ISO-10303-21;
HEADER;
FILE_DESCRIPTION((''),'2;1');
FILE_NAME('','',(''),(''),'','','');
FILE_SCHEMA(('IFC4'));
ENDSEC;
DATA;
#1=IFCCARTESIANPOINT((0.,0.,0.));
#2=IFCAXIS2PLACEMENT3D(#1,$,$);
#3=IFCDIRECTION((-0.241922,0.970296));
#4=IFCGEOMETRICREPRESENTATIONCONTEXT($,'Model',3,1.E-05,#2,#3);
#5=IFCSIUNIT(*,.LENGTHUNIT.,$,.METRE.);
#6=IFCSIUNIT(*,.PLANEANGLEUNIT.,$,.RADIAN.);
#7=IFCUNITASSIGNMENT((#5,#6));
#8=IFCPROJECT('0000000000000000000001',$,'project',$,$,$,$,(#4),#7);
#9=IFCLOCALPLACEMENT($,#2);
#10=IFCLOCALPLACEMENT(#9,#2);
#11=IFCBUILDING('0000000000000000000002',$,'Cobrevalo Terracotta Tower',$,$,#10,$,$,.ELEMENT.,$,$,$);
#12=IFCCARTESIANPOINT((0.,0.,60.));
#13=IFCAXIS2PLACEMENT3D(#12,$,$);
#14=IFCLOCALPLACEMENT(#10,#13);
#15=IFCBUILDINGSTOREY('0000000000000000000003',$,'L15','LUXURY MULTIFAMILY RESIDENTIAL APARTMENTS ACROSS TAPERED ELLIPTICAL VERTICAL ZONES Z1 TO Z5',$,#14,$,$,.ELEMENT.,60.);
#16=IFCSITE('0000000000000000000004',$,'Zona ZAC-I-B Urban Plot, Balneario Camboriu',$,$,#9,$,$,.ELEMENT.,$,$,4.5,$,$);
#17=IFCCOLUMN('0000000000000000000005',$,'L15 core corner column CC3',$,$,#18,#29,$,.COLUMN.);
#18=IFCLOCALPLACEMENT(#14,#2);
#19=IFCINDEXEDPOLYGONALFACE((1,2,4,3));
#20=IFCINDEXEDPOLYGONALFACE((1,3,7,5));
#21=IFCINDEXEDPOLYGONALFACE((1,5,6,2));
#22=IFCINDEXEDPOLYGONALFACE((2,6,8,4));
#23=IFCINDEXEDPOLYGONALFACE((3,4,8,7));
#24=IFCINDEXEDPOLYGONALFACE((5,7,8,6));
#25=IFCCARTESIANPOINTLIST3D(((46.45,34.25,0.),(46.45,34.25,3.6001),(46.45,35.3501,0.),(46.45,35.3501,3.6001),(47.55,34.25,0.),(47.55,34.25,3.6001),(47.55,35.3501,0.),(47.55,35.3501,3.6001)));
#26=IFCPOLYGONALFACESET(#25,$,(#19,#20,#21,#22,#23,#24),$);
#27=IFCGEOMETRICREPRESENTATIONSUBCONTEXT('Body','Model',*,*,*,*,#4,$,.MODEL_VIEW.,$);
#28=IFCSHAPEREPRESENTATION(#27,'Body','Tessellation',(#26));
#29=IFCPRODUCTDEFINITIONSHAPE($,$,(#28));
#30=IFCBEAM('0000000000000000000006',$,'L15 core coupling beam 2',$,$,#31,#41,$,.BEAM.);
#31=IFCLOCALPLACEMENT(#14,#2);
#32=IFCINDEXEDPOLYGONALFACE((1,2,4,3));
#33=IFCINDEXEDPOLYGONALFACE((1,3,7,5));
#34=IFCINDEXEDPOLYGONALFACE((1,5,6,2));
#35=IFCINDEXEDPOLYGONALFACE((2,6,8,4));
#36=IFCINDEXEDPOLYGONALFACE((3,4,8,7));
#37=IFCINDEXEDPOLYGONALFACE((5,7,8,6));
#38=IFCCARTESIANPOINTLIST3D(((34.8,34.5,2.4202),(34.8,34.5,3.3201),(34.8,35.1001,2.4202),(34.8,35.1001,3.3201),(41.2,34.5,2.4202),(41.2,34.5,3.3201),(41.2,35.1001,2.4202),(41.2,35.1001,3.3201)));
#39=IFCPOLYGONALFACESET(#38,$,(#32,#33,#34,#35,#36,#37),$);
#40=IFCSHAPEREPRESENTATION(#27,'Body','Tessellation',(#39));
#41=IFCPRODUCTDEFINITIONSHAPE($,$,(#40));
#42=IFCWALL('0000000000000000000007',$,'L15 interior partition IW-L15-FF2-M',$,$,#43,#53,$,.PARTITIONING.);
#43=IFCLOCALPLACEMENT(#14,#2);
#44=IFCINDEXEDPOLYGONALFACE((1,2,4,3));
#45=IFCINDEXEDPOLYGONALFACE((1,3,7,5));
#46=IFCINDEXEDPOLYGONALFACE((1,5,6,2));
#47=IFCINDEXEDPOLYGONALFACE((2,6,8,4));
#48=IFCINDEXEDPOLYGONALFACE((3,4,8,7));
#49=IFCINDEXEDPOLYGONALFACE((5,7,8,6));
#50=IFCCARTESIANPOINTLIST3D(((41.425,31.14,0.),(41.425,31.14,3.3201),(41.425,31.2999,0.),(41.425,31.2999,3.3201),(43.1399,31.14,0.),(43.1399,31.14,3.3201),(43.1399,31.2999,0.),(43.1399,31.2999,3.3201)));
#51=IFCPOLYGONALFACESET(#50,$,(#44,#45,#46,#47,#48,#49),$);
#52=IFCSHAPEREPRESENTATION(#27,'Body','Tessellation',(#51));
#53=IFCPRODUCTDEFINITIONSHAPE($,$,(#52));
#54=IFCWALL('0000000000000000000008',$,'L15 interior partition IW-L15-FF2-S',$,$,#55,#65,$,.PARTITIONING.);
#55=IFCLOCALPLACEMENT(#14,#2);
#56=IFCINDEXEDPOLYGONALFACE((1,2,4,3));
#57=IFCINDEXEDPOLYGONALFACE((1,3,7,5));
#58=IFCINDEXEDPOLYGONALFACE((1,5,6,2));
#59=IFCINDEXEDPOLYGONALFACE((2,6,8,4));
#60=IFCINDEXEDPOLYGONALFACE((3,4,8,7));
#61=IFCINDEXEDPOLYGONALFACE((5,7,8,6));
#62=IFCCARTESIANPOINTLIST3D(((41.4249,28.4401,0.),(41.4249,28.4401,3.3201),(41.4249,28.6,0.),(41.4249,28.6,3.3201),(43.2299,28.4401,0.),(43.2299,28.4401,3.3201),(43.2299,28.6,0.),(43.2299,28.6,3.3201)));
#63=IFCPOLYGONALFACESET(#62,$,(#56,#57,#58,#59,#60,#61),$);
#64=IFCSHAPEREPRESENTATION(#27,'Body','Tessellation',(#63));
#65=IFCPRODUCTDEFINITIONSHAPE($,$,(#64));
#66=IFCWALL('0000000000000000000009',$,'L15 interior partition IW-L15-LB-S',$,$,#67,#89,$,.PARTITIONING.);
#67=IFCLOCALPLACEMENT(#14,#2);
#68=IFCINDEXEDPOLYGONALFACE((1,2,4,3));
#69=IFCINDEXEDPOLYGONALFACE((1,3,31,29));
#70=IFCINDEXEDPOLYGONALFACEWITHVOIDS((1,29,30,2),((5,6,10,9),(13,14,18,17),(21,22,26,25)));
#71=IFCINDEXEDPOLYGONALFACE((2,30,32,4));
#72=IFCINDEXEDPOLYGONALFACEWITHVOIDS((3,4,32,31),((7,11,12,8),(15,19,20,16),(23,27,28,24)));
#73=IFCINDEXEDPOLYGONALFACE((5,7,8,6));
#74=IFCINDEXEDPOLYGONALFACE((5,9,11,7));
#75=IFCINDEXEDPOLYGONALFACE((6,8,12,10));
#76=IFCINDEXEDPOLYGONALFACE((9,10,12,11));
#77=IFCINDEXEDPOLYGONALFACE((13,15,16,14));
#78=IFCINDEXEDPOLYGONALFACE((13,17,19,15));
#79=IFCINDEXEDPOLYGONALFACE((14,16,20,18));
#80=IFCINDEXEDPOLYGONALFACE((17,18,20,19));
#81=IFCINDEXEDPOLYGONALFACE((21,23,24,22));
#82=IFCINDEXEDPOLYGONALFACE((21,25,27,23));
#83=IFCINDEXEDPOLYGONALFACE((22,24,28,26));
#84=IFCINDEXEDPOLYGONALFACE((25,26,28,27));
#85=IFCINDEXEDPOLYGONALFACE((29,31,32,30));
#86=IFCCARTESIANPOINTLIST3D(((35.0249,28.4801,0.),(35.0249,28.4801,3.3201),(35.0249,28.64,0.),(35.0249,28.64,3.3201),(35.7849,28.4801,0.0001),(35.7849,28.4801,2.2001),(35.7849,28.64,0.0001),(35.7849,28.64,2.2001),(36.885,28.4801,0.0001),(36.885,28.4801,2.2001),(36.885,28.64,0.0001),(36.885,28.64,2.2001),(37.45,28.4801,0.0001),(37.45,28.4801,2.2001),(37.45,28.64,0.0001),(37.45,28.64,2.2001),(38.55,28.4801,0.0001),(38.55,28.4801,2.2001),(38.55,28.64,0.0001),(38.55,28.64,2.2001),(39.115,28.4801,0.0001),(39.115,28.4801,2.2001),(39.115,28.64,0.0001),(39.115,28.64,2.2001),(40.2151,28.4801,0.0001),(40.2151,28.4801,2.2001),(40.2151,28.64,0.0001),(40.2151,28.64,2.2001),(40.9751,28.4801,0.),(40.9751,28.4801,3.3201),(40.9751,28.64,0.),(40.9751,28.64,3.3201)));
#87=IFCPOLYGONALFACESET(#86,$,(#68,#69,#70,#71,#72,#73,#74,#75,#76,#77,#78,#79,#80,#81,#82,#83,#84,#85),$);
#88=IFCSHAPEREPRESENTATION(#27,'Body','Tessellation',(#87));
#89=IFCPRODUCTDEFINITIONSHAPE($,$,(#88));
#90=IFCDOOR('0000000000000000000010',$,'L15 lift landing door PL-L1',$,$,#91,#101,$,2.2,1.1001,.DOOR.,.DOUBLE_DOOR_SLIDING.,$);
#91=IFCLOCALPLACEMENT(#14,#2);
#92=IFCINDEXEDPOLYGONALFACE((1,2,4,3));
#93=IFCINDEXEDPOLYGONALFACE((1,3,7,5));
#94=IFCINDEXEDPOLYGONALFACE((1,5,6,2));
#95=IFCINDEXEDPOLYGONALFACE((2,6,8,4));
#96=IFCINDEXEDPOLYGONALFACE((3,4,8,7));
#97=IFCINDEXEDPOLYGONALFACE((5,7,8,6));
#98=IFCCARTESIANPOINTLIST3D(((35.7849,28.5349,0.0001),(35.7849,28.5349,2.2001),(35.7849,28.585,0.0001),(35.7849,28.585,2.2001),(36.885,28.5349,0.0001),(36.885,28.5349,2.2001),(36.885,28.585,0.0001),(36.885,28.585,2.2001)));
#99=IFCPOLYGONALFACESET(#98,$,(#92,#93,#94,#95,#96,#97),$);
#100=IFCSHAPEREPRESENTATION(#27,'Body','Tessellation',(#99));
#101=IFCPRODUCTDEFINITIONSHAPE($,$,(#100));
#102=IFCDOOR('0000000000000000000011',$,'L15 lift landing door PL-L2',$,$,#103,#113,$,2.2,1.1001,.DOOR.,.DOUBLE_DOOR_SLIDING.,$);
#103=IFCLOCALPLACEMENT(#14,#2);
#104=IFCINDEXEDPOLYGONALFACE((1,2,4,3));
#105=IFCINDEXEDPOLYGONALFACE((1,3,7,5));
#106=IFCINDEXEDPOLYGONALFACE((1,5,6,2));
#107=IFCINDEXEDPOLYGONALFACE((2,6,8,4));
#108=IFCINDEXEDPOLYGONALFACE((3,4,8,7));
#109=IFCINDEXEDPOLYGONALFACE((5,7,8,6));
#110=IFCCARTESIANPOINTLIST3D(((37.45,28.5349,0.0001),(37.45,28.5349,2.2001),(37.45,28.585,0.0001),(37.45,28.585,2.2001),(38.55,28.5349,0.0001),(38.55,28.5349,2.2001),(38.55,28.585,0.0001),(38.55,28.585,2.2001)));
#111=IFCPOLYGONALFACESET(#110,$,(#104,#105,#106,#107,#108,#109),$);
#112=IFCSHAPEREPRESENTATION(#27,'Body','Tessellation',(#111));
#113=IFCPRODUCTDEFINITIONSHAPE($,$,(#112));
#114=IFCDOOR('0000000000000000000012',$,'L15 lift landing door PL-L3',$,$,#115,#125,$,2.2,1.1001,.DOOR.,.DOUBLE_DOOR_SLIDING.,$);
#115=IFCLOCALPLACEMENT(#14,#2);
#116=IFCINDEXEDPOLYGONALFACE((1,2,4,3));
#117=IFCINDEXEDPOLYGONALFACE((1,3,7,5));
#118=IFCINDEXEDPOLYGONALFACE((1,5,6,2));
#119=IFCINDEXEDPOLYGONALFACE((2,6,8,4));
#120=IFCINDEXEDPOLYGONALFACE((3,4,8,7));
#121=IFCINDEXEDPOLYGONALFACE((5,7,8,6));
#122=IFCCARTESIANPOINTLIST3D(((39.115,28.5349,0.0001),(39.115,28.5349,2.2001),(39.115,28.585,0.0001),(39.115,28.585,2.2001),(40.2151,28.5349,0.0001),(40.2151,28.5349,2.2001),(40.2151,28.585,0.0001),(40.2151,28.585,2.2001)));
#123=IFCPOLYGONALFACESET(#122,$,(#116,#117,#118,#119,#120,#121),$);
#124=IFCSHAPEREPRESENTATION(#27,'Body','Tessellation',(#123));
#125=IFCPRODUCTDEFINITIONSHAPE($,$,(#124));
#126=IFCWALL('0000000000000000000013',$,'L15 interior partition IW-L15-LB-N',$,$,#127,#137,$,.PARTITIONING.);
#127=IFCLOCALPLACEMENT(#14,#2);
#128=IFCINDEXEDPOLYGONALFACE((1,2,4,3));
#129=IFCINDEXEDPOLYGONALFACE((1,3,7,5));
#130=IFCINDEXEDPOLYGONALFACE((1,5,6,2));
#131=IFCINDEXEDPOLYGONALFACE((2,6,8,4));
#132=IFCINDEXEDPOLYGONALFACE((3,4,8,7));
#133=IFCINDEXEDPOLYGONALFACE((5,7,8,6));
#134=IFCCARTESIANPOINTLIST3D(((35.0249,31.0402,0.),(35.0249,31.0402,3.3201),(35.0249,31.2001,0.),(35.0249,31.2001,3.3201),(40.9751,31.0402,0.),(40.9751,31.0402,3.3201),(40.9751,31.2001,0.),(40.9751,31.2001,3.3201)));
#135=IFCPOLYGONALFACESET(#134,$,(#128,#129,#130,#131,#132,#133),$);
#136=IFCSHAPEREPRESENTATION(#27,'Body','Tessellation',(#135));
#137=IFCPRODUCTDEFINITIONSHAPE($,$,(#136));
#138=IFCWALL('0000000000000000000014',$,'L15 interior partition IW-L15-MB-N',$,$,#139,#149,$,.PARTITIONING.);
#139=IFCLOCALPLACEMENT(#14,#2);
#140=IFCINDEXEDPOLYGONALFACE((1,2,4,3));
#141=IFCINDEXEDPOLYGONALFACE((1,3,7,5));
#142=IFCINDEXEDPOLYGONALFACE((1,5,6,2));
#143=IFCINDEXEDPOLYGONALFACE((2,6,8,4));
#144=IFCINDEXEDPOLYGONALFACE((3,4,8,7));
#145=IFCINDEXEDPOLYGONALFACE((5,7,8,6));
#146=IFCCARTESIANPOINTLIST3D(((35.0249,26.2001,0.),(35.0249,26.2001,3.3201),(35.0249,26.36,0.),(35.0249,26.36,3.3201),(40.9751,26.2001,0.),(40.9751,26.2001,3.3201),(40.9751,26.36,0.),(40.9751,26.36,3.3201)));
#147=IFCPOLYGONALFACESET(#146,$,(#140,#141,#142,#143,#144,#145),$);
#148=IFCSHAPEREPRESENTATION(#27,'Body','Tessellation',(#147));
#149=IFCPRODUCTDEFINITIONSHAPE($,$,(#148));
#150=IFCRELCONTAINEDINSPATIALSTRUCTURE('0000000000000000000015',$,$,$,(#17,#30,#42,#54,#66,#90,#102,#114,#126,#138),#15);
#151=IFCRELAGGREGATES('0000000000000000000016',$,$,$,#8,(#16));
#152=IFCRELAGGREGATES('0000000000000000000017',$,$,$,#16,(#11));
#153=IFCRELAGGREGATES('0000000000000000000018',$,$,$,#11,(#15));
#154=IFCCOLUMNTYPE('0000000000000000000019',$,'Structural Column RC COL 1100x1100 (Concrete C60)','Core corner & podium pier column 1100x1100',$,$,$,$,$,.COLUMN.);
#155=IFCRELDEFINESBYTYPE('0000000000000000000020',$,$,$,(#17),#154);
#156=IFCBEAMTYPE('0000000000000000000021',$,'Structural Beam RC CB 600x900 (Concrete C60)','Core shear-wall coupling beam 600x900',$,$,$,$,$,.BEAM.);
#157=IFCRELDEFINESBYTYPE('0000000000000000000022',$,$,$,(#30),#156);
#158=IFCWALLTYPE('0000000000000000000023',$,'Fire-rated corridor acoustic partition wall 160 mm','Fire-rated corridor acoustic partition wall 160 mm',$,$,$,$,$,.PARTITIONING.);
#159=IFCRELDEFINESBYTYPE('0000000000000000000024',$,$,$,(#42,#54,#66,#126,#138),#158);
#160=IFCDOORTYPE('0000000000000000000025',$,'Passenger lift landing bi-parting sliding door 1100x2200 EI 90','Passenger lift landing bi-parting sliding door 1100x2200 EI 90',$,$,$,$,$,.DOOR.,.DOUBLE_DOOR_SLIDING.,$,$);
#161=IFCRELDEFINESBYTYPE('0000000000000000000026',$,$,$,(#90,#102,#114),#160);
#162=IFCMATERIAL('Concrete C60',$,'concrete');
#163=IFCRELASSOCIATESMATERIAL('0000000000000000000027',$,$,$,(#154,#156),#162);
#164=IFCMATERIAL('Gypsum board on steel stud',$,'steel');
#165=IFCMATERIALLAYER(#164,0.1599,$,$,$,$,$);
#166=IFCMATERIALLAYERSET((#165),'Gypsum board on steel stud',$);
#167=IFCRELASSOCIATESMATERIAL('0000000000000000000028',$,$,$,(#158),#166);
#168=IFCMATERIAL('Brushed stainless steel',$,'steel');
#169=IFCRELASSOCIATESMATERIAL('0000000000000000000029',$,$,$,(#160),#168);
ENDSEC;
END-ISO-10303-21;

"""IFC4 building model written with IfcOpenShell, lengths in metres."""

from ifc_helpers import new_model, si_unit, direction, frame, frame_2d, origin, origin_2d, place, context, subcontext, project, spatial, rectangle, extrude, source, transform, mapped, material, layer, layer_set, material_profile, profile_set, type_object, element, fill, save


model = new_model("IFC4")

# Units and contexts
model_context = context("Model", 3, precision=1e-05, world=origin(), true_north=direction((-0.241922, 0.970296)))
body_context = subcontext(model_context, "Body", "Model", "MODEL_VIEW")
ifc_project = project(units=[si_unit("LENGTHUNIT", "METRE"), si_unit("PLANEANGLEUNIT", "RADIAN")], contexts=[model_context])

# Site, building, storey
site_placement = place(None, origin())
site = spatial("IfcSite", under=ifc_project, at=site_placement, Name="Zona ZAC-I-B Urban Plot, Balneario Camboriu", CompositionType="ELEMENT", RefElevation=4.5)
building_placement = place(site_placement, origin())
building = spatial("IfcBuilding", under=site, at=building_placement, Name="Cobrevalo Terracotta Tower", CompositionType="ELEMENT")
storey_placement = place(building_placement, frame((0.0, 0.0, 60.0)))
storey = spatial("IfcBuildingStorey", under=building, at=storey_placement, Name="L15", Description="LUXURY MULTIFAMILY RESIDENTIAL APARTMENTS ACROSS TAPERED ELLIPTICAL VERTICAL ZONES Z1 TO Z5", CompositionType="ELEMENT", Elevation=60.0)

# Column
ifc_material_1 = material(Name="Concrete C60", Category="concrete")
ifc_material_profile_1 = material_profile(ifc_material_1, rectangle(XDim=1.1001, YDim=1.1001, at=origin_2d()), Name="RC COL 1100x1100")
ifc_profile_set_1 = profile_set([ifc_material_profile_1], Name="Concrete C60")
column_type = type_object("IfcColumnType", Name="Structural Column RC COL 1100x1100 (Concrete C60)", Description="Core corner & podium pier column 1100x1100", PredefinedType="COLUMN", material=ifc_profile_set_1)
column_placement = place(storey_placement, frame((47.0, 34.8, 0.0), z_axis=(0.0, 0.0, 1.0), x_axis=(1.0, 0.0, 0.0)))
element("IfcColumn", 1, at=column_placement, inside=storey, type_object=column_type, Name="L15 core corner column CC3", PredefinedType="COLUMN", context=body_context, shape_type="SweptSolid", body=[
    extrude(rectangle(XDim=1.1001, YDim=1.1001, at=origin_2d()), origin(), (0.0, 0.0, 1.0), 3.6001),
])

# Beam
ifc_material_profile_2 = material_profile(ifc_material_1, rectangle(XDim=0.6001, YDim=0.8999, at=origin_2d()), Name="RC CB 600x900")
ifc_profile_set_2 = profile_set([ifc_material_profile_2], Name="Concrete C60")
beam_type = type_object("IfcBeamType", Name="Structural Beam RC CB 600x900 (Concrete C60)", Description="Core shear-wall coupling beam 600x900", PredefinedType="BEAM", material=ifc_profile_set_2)
beam_placement = place(storey_placement, frame((34.8, 34.8, 2.8701), z_axis=(1.0, 0.0, 0.0), x_axis=(0.0, 1.0, 0.0)))
element("IfcBeam", 2, at=beam_placement, inside=storey, type_object=beam_type, Name="L15 core coupling beam 2", PredefinedType="BEAM", context=body_context, shape_type="SweptSolid", body=[
    extrude(rectangle(XDim=0.6001, YDim=0.8999, at=origin_2d()), origin(), (0.0, 0.0, 1.0), 6.3999),
])

# Walls
ifc_material_2 = material(Name="Gypsum board on steel stud", Category="steel")
ifc_layer_1 = layer(ifc_material_2, 0.1599)
ifc_layer_set_1 = layer_set([ifc_layer_1], Name="Gypsum board on steel stud")
wall_type_1 = type_object("IfcWallType", Name="Fire-rated corridor acoustic partition wall 160 mm", Description="Fire-rated corridor acoustic partition wall 160 mm", PredefinedType="PARTITIONING", material=ifc_layer_set_1)
wall_1_placement = place(storey_placement, frame((41.425, 31.22, 0.0), z_axis=(0.0, 0.0, 1.0), x_axis=(1.0, 0.0, 0.0)))
element("IfcWall", 3, at=wall_1_placement, inside=storey, type_object=wall_type_1, Name="L15 interior partition IW-L15-FF2-M", PredefinedType="PARTITIONING", context=body_context, shape_type="SweptSolid", body=[
    extrude(rectangle(XDim=1.7148, YDim=0.1599, at=frame_2d((0.8574, 0.0))), origin(), (0.0, 0.0, 1.0), 3.3201),
])
wall_2_placement = place(storey_placement, frame((41.425, 28.52, 0.0), z_axis=(0.0, 0.0, 1.0), x_axis=(1.0, 0.0, 0.0)))
element("IfcWall", 4, at=wall_2_placement, inside=storey, type_object=wall_type_1, Name="L15 interior partition IW-L15-FF2-S", PredefinedType="PARTITIONING", context=body_context, shape_type="SweptSolid", body=[
    extrude(rectangle(XDim=1.8049, YDim=0.1599, at=frame_2d((0.9023, 0.0))), origin(), (0.0, 0.0, 1.0), 3.3201),
])

# Wall, openings, doors
wall_3_placement = place(storey_placement, frame((35.0249, 28.5601, 0.0), z_axis=(0.0, 0.0, 1.0), x_axis=(1.0, 0.0, 0.0)))
wall_3 = element("IfcWall", 5, at=wall_3_placement, inside=storey, type_object=wall_type_1, Name="L15 interior partition IW-L15-LB-S", PredefinedType="PARTITIONING", context=body_context, shape_type="SweptSolid", body=[
    extrude(rectangle(XDim=5.9502, YDim=0.1599, at=frame_2d((2.9751, 0.0))), origin(), (0.0, 0.0, 1.0), 3.3201),
])
opening_1_placement = place(wall_3_placement, frame((0.76, 0.0, 0.0)))
opening_1 = element("IfcOpeningElement", 6, at=opening_1_placement, cuts=wall_3, PredefinedType="OPENING", context=body_context, shape_type="SweptSolid", body=[
    extrude(rectangle(XDim=1.1001, YDim=2.2, at=frame_2d((0.55, 1.1001))), frame((0.0, 0.0898, 0.0), z_axis=(0.0, -1.0, 0.0), x_axis=(1.0, 0.0, 0.0)), (0.0, 0.0, 1.0), 0.1799),
])
opening_2_placement = place(wall_3_placement, frame((2.425, 0.0, 0.0)))
opening_2 = element("IfcOpeningElement", 7, at=opening_2_placement, cuts=wall_3, PredefinedType="OPENING", context=body_context, shape_type="SweptSolid", body=[
    extrude(rectangle(XDim=1.1001, YDim=2.2, at=frame_2d((0.55, 1.1001))), frame((0.0, 0.0898, 0.0), z_axis=(0.0, -1.0, 0.0), x_axis=(1.0, 0.0, 0.0)), (0.0, 0.0, 1.0), 0.1799),
])
opening_3_placement = place(wall_3_placement, frame((4.0901, 0.0, 0.0)))
opening_3 = element("IfcOpeningElement", 8, at=opening_3_placement, cuts=wall_3, PredefinedType="OPENING", context=body_context, shape_type="SweptSolid", body=[
    extrude(rectangle(XDim=1.1001, YDim=2.2, at=frame_2d((0.55, 1.1001))), frame((0.0, 0.0898, 0.0), z_axis=(0.0, -1.0, 0.0), x_axis=(1.0, 0.0, 0.0)), (0.0, 0.0, 1.0), 0.1799),
])
ifc_material_3 = material(Name="Brushed stainless steel", Category="steel")
door_type_1 = type_object("IfcDoorType", Name="Passenger lift landing bi-parting sliding door 1100x2200 EI 90", Description="Passenger lift landing bi-parting sliding door 1100x2200 EI 90", OperationType="DOUBLE_DOOR_SLIDING", PredefinedType="DOOR", material=ifc_material_3)
shared_shape_1 = source(origin(), body_context, "Body", "SweptSolid", [
    extrude(rectangle(XDim=1.1001, YDim=2.2, at=frame_2d((0.55, 1.1001))), frame((0.0, 0.0249, 0.0), z_axis=(0.0, -1.0, 0.0), x_axis=(1.0, 0.0, 0.0)), (0.0, 0.0, 1.0), 0.05),
])
door_1_placement = place(opening_1_placement, origin())
door_1 = element("IfcDoor", 9, at=door_1_placement, inside=storey, type_object=door_type_1, Name="L15 lift landing door PL-L1", OperationType="DOUBLE_DOOR_SLIDING", OverallHeight=2.2, OverallWidth=1.1001, PredefinedType="DOOR", context=body_context, shape_type="MappedRepresentation", body=[
    mapped(shared_shape_1, transform((0.0, 0.0, 0.0), scale=1.0)),
])
fill(opening_1, door_1)
door_2_placement = place(opening_2_placement, origin())
door_2 = element("IfcDoor", 10, at=door_2_placement, inside=storey, type_object=door_type_1, Name="L15 lift landing door PL-L2", OperationType="DOUBLE_DOOR_SLIDING", OverallHeight=2.2, OverallWidth=1.1001, PredefinedType="DOOR", context=body_context, shape_type="MappedRepresentation", body=[
    mapped(shared_shape_1, transform((0.0, 0.0, 0.0), scale=1.0)),
])
fill(opening_2, door_2)
door_3_placement = place(opening_3_placement, origin())
door_3 = element("IfcDoor", 11, at=door_3_placement, inside=storey, type_object=door_type_1, Name="L15 lift landing door PL-L3", OperationType="DOUBLE_DOOR_SLIDING", OverallHeight=2.2, OverallWidth=1.1001, PredefinedType="DOOR", context=body_context, shape_type="MappedRepresentation", body=[
    mapped(shared_shape_1, transform((0.0, 0.0, 0.0), scale=1.0)),
])
fill(opening_3, door_3)

# Walls
for number, where, z_axis, x_axis, name in (
    (12, (35.0249, 31.1201, 0.0), (0.0, 0.0, 1.0), (1.0, 0.0, 0.0), "L15 interior partition IW-L15-LB-N"),
    (13, (35.0249, 26.28, 0.0), (0.0, 0.0, 1.0), (1.0, 0.0, 0.0), "L15 interior partition IW-L15-MB-N"),
):
    element("IfcWall", number, at=place(storey_placement, frame(where, z_axis=z_axis, x_axis=x_axis)), inside=storey, type_object=wall_type_1, Name=name, PredefinedType="PARTITIONING", context=body_context, shape_type="SweptSolid", body=[
        extrude(rectangle(XDim=5.9502, YDim=0.1599, at=frame_2d((2.9751, 0.0))), origin(), (0.0, 0.0, 1.0), 3.3201),
    ])

save(model, "model.ifc")
